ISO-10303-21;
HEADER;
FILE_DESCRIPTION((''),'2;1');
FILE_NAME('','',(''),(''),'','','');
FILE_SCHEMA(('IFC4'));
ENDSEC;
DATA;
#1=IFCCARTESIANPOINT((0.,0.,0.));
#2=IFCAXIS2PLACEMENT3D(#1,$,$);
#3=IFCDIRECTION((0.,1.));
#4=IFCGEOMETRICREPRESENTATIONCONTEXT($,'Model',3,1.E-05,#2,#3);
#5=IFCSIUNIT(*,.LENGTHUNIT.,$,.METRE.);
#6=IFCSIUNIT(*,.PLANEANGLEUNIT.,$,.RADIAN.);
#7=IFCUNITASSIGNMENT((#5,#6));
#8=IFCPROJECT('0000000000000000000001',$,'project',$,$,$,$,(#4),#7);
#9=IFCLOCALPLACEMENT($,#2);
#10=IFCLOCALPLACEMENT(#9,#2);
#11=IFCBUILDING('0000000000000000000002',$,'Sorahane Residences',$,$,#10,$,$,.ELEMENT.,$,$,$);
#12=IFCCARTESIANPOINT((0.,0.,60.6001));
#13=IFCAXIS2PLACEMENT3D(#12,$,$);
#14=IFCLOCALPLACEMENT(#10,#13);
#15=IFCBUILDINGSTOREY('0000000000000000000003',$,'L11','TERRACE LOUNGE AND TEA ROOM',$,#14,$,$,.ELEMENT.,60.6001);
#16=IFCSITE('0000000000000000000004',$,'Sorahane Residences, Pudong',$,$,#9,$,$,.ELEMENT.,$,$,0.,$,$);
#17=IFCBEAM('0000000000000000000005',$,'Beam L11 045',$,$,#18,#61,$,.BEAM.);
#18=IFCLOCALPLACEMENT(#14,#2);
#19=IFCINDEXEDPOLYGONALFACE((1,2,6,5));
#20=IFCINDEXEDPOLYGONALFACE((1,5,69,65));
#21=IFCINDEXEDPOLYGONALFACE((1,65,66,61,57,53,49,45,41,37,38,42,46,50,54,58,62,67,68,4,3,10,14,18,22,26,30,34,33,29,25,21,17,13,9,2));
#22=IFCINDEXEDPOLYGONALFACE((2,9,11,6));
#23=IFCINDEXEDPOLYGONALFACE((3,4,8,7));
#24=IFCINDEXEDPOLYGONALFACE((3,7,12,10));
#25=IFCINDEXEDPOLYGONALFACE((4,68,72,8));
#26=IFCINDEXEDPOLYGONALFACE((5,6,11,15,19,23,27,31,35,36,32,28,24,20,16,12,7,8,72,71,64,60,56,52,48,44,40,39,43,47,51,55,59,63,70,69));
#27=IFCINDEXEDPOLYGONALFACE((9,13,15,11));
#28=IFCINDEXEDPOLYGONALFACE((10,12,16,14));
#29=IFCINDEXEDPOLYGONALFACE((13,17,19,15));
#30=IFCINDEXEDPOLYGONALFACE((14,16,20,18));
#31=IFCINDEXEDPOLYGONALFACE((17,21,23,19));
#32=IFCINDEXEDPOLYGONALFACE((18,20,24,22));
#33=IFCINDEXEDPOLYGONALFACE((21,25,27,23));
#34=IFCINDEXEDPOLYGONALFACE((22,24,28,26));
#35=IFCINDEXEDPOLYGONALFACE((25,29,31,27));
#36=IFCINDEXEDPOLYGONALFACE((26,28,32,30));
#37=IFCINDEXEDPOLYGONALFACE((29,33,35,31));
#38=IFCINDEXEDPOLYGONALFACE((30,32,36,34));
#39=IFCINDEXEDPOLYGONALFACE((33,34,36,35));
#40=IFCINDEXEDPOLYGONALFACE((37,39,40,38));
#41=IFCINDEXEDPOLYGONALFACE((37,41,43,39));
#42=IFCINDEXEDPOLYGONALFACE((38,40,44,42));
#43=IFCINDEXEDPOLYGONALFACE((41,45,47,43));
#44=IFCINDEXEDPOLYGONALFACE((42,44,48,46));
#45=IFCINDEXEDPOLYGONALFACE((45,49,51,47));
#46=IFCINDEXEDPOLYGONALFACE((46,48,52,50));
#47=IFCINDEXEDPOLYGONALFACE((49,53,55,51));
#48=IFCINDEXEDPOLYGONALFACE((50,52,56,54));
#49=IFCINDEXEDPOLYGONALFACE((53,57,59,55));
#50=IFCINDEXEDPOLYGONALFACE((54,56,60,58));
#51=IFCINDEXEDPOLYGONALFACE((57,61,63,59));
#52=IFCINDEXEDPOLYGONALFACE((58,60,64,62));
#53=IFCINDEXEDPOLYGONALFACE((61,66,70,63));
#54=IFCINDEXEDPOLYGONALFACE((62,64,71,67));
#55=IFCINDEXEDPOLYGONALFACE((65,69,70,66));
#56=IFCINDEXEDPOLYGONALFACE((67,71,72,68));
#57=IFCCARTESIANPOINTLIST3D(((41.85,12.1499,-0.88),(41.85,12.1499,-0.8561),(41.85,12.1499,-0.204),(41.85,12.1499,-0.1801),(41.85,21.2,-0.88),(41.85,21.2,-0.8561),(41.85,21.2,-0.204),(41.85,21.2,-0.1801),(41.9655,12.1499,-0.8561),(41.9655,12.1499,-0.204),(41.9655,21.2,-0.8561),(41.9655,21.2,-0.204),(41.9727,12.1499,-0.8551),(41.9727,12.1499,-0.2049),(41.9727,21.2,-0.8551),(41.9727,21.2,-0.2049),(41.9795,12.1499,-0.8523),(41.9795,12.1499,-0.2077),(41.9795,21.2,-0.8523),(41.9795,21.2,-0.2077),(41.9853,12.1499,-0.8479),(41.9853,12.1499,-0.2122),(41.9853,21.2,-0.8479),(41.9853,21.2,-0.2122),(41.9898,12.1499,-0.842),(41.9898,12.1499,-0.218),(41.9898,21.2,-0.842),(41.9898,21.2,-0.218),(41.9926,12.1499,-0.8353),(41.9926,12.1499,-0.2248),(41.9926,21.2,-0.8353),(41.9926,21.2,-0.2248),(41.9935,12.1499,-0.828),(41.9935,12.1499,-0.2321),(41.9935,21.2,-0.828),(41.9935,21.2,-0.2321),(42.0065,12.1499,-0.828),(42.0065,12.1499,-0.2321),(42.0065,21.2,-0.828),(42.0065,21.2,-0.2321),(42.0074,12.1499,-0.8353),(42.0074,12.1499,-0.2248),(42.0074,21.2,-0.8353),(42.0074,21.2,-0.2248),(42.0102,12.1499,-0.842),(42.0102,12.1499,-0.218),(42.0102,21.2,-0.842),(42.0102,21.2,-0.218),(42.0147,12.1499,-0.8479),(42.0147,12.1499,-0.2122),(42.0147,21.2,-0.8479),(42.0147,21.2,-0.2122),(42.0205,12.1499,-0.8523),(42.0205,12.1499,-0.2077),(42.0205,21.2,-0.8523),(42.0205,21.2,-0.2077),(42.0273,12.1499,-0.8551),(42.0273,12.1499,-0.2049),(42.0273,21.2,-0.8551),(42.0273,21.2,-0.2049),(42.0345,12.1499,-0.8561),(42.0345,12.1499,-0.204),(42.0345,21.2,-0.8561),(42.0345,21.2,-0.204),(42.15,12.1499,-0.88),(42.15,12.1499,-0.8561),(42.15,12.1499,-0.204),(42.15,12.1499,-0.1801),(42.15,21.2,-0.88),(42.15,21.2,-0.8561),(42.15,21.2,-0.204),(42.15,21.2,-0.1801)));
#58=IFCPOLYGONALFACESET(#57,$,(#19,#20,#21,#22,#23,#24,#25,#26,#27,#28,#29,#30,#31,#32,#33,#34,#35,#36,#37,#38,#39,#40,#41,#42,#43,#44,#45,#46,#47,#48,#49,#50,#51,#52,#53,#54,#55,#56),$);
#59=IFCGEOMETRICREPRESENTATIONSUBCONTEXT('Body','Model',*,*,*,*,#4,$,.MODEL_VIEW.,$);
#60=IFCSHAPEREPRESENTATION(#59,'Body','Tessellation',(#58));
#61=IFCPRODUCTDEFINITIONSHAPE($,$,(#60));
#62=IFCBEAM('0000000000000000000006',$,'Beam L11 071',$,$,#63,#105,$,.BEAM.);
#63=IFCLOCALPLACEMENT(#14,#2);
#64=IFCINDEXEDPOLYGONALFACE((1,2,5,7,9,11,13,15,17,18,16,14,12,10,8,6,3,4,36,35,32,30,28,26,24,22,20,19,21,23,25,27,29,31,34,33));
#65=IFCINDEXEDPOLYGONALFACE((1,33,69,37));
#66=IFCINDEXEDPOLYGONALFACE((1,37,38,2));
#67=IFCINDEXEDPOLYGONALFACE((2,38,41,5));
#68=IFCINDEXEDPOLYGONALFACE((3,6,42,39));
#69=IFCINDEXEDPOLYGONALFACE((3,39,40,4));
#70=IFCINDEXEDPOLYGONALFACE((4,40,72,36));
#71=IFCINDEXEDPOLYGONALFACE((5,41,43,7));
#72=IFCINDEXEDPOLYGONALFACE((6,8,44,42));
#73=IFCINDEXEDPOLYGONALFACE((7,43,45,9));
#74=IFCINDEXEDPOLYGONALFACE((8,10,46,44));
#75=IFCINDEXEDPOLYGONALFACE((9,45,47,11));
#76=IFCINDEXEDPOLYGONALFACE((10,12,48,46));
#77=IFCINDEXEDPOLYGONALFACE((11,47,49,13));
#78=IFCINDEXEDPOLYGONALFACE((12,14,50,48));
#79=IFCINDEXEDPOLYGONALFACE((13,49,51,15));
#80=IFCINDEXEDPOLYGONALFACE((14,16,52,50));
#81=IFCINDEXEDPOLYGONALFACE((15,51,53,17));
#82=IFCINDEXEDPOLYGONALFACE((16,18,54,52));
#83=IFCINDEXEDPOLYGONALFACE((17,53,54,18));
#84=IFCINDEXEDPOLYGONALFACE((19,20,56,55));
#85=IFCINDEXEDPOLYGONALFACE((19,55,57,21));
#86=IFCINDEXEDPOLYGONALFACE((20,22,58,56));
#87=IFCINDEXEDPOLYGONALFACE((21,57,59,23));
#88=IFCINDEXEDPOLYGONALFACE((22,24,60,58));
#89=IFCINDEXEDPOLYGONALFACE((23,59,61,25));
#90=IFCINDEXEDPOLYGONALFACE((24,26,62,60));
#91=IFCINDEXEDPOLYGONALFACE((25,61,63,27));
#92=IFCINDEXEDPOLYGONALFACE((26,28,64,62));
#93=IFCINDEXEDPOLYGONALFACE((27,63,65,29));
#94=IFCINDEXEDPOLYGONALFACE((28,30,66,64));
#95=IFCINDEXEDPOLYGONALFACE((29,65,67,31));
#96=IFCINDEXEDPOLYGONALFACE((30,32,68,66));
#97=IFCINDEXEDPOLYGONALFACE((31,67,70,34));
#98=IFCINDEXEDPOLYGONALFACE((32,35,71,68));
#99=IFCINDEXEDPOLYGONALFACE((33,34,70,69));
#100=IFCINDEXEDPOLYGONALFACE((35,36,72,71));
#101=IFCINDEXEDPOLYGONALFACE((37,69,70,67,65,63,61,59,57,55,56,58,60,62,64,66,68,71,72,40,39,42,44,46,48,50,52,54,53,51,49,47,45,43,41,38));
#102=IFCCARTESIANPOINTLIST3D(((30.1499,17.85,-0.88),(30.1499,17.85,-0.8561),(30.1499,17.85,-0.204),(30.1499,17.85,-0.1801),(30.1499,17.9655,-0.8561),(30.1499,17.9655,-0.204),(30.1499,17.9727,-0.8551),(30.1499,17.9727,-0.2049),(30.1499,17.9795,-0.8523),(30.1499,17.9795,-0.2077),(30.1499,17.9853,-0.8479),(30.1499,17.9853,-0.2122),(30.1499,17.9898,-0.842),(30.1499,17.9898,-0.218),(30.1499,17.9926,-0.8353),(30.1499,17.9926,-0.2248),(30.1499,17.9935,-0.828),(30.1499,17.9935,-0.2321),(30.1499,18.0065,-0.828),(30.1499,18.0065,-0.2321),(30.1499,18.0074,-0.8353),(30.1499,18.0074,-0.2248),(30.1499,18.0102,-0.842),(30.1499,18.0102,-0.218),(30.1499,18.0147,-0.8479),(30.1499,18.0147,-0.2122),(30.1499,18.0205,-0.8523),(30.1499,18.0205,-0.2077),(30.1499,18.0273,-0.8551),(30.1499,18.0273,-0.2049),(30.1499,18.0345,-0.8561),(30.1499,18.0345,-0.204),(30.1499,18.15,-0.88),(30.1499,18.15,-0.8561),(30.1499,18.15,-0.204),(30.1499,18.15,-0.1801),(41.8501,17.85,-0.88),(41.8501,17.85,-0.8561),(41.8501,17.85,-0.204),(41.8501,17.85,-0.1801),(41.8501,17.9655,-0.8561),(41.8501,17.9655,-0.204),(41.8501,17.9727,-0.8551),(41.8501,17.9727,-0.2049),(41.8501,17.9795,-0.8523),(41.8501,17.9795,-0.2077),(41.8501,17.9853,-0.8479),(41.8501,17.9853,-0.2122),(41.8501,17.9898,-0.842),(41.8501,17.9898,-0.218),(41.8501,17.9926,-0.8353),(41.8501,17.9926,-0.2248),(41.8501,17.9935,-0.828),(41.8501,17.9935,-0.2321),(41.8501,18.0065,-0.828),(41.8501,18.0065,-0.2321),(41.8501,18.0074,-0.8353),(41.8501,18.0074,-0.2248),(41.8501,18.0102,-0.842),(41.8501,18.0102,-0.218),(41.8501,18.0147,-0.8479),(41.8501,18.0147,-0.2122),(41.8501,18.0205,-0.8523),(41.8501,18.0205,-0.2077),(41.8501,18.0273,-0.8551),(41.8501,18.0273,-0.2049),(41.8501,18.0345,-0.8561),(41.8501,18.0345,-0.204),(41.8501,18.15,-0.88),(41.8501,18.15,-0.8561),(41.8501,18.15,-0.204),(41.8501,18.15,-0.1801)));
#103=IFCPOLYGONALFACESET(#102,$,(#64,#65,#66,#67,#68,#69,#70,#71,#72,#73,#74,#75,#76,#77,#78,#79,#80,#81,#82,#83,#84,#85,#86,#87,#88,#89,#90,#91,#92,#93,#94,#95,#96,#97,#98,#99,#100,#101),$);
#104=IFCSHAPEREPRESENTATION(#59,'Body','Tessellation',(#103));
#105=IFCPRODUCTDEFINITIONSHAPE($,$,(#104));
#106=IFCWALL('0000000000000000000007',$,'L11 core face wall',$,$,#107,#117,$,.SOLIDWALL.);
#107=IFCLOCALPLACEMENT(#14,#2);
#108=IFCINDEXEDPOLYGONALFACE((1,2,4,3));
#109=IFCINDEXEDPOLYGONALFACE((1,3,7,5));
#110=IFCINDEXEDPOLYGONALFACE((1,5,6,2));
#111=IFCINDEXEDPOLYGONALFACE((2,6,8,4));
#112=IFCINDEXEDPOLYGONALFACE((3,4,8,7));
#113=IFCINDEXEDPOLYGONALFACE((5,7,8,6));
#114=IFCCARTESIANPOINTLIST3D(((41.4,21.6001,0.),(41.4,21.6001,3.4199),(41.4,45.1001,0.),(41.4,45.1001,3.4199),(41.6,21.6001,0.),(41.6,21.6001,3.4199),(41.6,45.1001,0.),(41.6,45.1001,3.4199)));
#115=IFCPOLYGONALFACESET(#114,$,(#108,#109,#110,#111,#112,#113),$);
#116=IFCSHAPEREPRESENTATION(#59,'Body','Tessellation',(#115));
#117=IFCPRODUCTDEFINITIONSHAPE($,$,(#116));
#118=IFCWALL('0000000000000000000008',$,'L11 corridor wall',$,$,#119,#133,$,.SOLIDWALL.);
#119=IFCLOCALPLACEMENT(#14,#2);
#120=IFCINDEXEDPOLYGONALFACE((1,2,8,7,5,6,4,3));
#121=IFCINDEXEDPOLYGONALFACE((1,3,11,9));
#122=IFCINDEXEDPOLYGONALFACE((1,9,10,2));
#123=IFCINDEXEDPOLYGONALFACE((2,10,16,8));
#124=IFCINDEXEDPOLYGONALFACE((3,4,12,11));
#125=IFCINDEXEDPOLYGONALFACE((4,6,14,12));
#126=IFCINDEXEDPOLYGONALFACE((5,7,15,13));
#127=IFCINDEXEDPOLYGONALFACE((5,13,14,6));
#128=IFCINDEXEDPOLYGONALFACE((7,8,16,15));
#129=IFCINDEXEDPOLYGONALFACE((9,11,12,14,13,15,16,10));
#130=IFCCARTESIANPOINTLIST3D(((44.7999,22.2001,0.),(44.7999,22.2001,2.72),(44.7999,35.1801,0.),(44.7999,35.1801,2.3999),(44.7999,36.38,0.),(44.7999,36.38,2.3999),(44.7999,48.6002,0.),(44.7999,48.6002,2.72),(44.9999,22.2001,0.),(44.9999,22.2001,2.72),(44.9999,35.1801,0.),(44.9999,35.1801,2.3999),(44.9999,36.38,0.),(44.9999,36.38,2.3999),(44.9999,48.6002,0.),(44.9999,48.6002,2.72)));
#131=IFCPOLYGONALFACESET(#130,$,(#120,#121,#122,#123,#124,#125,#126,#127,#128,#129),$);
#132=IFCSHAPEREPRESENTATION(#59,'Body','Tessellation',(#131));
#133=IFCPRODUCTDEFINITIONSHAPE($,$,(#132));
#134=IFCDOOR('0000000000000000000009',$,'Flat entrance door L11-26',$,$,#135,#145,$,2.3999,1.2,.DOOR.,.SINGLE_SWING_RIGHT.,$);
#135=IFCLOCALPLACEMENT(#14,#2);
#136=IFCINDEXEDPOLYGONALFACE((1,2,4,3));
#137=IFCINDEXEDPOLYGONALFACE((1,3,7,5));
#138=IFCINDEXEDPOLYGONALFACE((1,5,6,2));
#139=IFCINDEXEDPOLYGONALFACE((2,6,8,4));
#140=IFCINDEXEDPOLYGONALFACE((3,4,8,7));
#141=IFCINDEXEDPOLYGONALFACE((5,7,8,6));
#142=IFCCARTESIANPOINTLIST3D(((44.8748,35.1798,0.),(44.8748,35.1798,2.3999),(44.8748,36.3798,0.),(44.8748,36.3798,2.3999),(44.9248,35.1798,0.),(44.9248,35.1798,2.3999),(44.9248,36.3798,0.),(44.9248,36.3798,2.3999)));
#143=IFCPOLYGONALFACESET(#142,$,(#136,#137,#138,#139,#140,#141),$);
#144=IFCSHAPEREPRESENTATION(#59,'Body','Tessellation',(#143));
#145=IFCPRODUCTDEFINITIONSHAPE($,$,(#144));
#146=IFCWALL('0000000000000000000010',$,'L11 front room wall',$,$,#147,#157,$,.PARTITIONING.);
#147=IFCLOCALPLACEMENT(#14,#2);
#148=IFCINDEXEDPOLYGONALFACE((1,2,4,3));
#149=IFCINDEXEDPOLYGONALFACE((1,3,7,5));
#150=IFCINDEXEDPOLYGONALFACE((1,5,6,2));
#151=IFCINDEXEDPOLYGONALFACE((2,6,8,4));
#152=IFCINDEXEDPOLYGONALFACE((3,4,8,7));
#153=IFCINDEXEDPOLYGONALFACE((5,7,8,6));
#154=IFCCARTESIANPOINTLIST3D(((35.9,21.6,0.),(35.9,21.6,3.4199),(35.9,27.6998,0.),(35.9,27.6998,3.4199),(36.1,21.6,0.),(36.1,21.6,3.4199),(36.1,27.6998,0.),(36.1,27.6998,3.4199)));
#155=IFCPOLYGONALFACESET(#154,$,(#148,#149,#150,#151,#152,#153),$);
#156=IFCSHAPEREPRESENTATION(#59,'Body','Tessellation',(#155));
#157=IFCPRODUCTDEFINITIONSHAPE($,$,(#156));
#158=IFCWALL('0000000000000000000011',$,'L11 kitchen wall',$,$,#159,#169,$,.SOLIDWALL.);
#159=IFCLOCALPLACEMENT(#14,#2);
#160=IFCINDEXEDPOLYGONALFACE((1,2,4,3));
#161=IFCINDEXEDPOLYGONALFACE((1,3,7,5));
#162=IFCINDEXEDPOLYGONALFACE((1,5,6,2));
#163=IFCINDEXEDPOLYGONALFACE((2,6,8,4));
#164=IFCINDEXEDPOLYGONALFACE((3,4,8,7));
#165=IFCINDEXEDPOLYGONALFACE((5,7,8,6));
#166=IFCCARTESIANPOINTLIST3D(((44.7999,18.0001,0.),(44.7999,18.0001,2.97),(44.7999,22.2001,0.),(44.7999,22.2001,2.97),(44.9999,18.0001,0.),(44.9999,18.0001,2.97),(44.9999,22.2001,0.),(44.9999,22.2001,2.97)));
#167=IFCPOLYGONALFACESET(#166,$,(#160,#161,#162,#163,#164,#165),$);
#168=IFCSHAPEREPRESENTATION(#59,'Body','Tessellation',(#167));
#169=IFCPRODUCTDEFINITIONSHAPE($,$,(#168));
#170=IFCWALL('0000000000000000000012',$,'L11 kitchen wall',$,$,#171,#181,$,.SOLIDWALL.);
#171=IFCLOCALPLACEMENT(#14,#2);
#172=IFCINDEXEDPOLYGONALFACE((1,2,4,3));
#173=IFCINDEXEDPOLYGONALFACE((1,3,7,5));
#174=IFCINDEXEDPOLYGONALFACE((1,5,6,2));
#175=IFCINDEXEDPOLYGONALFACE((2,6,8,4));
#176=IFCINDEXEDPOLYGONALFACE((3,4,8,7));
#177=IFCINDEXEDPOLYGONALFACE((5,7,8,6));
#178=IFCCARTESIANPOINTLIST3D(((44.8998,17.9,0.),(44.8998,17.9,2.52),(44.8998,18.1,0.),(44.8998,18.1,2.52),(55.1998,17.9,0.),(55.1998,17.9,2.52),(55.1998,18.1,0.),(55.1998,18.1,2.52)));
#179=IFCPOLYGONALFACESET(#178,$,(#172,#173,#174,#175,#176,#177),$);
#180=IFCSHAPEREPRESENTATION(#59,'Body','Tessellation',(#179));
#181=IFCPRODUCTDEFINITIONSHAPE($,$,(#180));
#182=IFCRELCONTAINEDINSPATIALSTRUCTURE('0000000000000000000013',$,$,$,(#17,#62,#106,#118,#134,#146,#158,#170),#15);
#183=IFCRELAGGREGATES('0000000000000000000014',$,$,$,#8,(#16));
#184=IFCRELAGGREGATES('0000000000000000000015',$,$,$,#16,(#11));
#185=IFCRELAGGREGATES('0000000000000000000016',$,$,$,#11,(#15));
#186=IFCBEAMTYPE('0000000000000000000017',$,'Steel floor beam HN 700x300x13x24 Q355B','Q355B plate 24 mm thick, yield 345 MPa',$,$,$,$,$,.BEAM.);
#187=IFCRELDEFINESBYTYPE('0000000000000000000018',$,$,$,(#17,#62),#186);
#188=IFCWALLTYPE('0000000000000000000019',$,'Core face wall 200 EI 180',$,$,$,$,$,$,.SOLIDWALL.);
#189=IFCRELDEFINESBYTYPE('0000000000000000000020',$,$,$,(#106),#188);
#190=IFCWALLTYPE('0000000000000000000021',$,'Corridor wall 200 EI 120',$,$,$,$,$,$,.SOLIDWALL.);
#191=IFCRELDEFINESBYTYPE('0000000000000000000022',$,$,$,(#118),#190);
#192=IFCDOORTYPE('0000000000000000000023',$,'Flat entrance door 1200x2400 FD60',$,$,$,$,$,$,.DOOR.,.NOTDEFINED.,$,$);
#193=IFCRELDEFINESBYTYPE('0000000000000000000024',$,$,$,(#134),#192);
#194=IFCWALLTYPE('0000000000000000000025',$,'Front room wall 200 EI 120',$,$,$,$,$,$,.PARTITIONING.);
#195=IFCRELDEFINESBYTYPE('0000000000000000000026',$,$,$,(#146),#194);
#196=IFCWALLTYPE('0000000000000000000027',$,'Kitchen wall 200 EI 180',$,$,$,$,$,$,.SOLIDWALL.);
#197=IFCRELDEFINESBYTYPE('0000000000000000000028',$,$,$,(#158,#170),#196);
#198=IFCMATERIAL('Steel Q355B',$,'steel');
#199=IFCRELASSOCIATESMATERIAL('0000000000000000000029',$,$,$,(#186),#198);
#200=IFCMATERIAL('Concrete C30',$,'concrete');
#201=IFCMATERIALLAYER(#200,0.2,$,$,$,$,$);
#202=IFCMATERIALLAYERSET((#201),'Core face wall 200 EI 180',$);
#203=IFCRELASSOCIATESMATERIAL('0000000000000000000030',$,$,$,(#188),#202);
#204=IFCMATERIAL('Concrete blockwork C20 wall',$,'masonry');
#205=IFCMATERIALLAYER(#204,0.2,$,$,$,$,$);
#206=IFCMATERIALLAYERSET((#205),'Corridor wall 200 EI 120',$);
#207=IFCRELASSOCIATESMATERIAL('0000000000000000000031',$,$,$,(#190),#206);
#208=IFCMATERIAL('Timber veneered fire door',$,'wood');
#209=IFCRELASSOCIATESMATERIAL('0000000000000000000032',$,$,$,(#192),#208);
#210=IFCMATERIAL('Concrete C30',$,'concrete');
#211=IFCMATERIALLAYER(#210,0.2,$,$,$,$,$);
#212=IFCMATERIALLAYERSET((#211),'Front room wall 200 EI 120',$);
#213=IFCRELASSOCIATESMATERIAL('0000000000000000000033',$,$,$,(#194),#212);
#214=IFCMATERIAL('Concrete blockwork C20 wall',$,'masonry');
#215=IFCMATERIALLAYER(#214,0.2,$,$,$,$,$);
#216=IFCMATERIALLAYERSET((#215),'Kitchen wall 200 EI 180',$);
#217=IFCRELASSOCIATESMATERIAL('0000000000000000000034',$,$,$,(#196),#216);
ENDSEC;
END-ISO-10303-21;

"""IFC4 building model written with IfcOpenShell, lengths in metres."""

from ifc_helpers import new_model, si_unit, direction, frame, frame_2d, origin, origin_2d, place, context, subcontext, project, spatial, rectangle, i_section, extrude, material, layer, layer_set, material_profile, profile_set, type_object, element, fill, save


model = new_model("IFC4")

# Units and contexts
model_context = context("Model", 3, precision=1e-05, world=origin(), true_north=direction((0.0, 1.0)))
body_context = subcontext(model_context, "Body", "Model", "MODEL_VIEW")
ifc_project = project(units=[si_unit("LENGTHUNIT", "METRE"), si_unit("PLANEANGLEUNIT", "RADIAN")], contexts=[model_context])

# Site, building, storey
site_placement = place(None, origin())
site = spatial("IfcSite", under=ifc_project, at=site_placement, Name="Sorahane Residences, Pudong", CompositionType="ELEMENT", RefElevation=0.0)
building_placement = place(site_placement, origin())
building = spatial("IfcBuilding", under=site, at=building_placement, Name="Sorahane Residences", CompositionType="ELEMENT")
storey_placement = place(building_placement, frame((0.0, 0.0, 60.6001)))
storey = spatial("IfcBuildingStorey", under=building, at=storey_placement, Name="L11", Description="TERRACE LOUNGE AND TEA ROOM", CompositionType="ELEMENT", Elevation=60.6001)

# Beams
ifc_material_1 = material(Name="Steel Q355B", Category="steel")
ifc_material_profile_1 = material_profile(ifc_material_1, i_section(OverallWidth=0.3, OverallDepth=0.7, WebThickness=0.0129, FlangeThickness=0.0239, FilletRadius=0.0281, at=origin_2d()), Name="HN 700x300x13x24")
ifc_profile_set_1 = profile_set([ifc_material_profile_1], Name="Steel Q355B")
beam_type_1 = type_object("IfcBeamType", Name="Steel floor beam HN 700x300x13x24 Q355B", Description="Q355B plate 24 mm thick, yield 345 MPa", PredefinedType="BEAM", material=ifc_profile_set_1)
beam_1_placement = place(storey_placement, frame((42.0, 12.1499, -0.53), z_axis=(0.0, 1.0, 0.0), x_axis=(-1.0, 0.0, 0.0)))
element("IfcBeam", 1, at=beam_1_placement, inside=storey, type_object=beam_type_1, Name="Beam L11 045", PredefinedType="BEAM", context=body_context, shape_type="SweptSolid", body=[
    extrude(i_section(OverallWidth=0.3, OverallDepth=0.7, WebThickness=0.0129, FlangeThickness=0.0239, FilletRadius=0.0281, at=origin_2d()), origin(), (0.0, 0.0, 1.0), 9.05),
])
beam_2_placement = place(storey_placement, frame((30.1499, 18.0, -0.53), z_axis=(1.0, 0.0, 0.0), x_axis=(0.0, 1.0, 0.0)))
element("IfcBeam", 2, at=beam_2_placement, inside=storey, type_object=beam_type_1, Name="Beam L11 071", PredefinedType="BEAM", context=body_context, shape_type="SweptSolid", body=[
    extrude(i_section(OverallWidth=0.3, OverallDepth=0.7, WebThickness=0.0129, FlangeThickness=0.0239, FilletRadius=0.0281, at=origin_2d()), origin(), (0.0, 0.0, 1.0), 11.7002),
])

# Wall
ifc_material_2 = material(Name="Concrete C30", Category="concrete")
ifc_layer_1 = layer(ifc_material_2, 0.2)
ifc_layer_set_1 = layer_set([ifc_layer_1], Name="Core face wall 200 EI 180")
wall_type_1 = type_object("IfcWallType", Name="Core face wall 200 EI 180", PredefinedType="SOLIDWALL", material=ifc_layer_set_1)
wall_1_placement = place(storey_placement, frame((41.5, 21.6001, 0.0), z_axis=(0.0, 0.0, 1.0), x_axis=(0.0, 1.0, 0.0)))
element("IfcWall", 3, at=wall_1_placement, inside=storey, type_object=wall_type_1, Name="L11 core face wall", PredefinedType="SOLIDWALL", context=body_context, shape_type="SweptSolid", body=[
    extrude(rectangle(XDim=23.5, YDim=0.2, at=frame_2d((11.75, 0.0))), origin(), (0.0, 0.0, 1.0), 3.4199),
])

# Wall, opening, door
ifc_material_3 = material(Name="Concrete blockwork C20 wall", Category="masonry")
ifc_layer_2 = layer(ifc_material_3, 0.2)
ifc_layer_set_2 = layer_set([ifc_layer_2], Name="Corridor wall 200 EI 120")
wall_type_2 = type_object("IfcWallType", Name="Corridor wall 200 EI 120", PredefinedType="SOLIDWALL", material=ifc_layer_set_2)
wall_2_placement = place(storey_placement, frame((44.8999, 22.2, 0.0), z_axis=(0.0, 0.0, 1.0), x_axis=(0.0, 1.0, 0.0)))
wall_2 = element("IfcWall", 4, at=wall_2_placement, inside=storey, type_object=wall_type_2, Name="L11 corridor wall", PredefinedType="SOLIDWALL", context=body_context, shape_type="SweptSolid", body=[
    extrude(rectangle(XDim=26.4001, YDim=0.2, at=frame_2d((13.2002, 0.0))), origin(), (0.0, 0.0, 1.0), 2.72),
])
opening_1_placement = place(wall_2_placement, frame((12.98, 0.0, 0.0)))
opening_1 = element("IfcOpeningElement", 5, at=opening_1_placement, cuts=wall_2, PredefinedType="OPENING", context=body_context, shape_type="SweptSolid", body=[
    extrude(rectangle(XDim=1.2, YDim=2.3999, at=frame_2d((0.6001, 1.2))), frame((0.0, 0.1099, 0.0), z_axis=(0.0, -1.0, 0.0), x_axis=(1.0, 0.0, 0.0)), (0.0, 0.0, 1.0), 0.22),
])
ifc_material_4 = material(Name="Timber veneered fire door", Category="wood")
door_type_1 = type_object("IfcDoorType", Name="Flat entrance door 1200x2400 FD60", OperationType="NOTDEFINED", PredefinedType="DOOR", material=ifc_material_4)
door_1_placement = place(opening_1_placement, frame((1.2, 0.0, 0.0), z_axis=(0.0, 0.0, 1.0), x_axis=(-1.0, 0.0, 0.0)))
door_1 = element("IfcDoor", 6, at=door_1_placement, inside=storey, type_object=door_type_1, Name="Flat entrance door L11-26", OperationType="SINGLE_SWING_RIGHT", OverallHeight=2.3999, OverallWidth=1.2, PredefinedType="DOOR", context=body_context, shape_type="SweptSolid", body=[
    extrude(rectangle(XDim=1.2, YDim=2.3999, at=frame_2d((0.6001, 1.2))), frame((0.0, 0.0249, 0.0), z_axis=(0.0, -1.0, 0.0), x_axis=(1.0, 0.0, 0.0)), (0.0, 0.0, 1.0), 0.05),
])
fill(opening_1, door_1)

# Walls
ifc_material_5 = material(Name="Concrete C30", Category="concrete")
ifc_layer_3 = layer(ifc_material_5, 0.2)
ifc_layer_set_3 = layer_set([ifc_layer_3], Name="Front room wall 200 EI 120")
wall_type_3 = type_object("IfcWallType", Name="Front room wall 200 EI 120", PredefinedType="PARTITIONING", material=ifc_layer_set_3)
wall_3_placement = place(storey_placement, frame((36.0, 21.6001, 0.0), z_axis=(0.0, 0.0, 1.0), x_axis=(0.0, 1.0, 0.0)))
element("IfcWall", 7, at=wall_3_placement, inside=storey, type_object=wall_type_3, Name="L11 front room wall", PredefinedType="PARTITIONING", context=body_context, shape_type="SweptSolid", body=[
    extrude(rectangle(XDim=6.0999, YDim=0.2, at=frame_2d((3.0498, 0.0))), origin(), (0.0, 0.0, 1.0), 3.4199),
])
ifc_material_6 = material(Name="Concrete blockwork C20 wall", Category="masonry")
ifc_layer_4 = layer(ifc_material_6, 0.2)
ifc_layer_set_4 = layer_set([ifc_layer_4], Name="Kitchen wall 200 EI 180")
wall_type_4 = type_object("IfcWallType", Name="Kitchen wall 200 EI 180", PredefinedType="SOLIDWALL", material=ifc_layer_set_4)
wall_4_placement = place(storey_placement, frame((44.8999, 18.0, 0.0), z_axis=(0.0, 0.0, 1.0), x_axis=(0.0, 1.0, 0.0)))
element("IfcWall", 8, at=wall_4_placement, inside=storey, type_object=wall_type_4, Name="L11 kitchen wall", PredefinedType="SOLIDWALL", context=body_context, shape_type="SweptSolid", body=[
    extrude(rectangle(XDim=4.2, YDim=0.2, at=frame_2d((2.1001, 0.0))), origin(), (0.0, 0.0, 1.0), 2.97),
])
wall_5_placement = place(storey_placement, frame((44.8999, 18.0, 0.0), z_axis=(0.0, 0.0, 1.0), x_axis=(1.0, 0.0, 0.0)))
element("IfcWall", 9, at=wall_5_placement, inside=storey, type_object=wall_type_4, Name="L11 kitchen wall", PredefinedType="SOLIDWALL", context=body_context, shape_type="SweptSolid", body=[
    extrude(rectangle(XDim=10.3, YDim=0.2, at=frame_2d((5.1499, 0.0))), origin(), (0.0, 0.0, 1.0), 2.52),
])

save(model, "model.ifc")
